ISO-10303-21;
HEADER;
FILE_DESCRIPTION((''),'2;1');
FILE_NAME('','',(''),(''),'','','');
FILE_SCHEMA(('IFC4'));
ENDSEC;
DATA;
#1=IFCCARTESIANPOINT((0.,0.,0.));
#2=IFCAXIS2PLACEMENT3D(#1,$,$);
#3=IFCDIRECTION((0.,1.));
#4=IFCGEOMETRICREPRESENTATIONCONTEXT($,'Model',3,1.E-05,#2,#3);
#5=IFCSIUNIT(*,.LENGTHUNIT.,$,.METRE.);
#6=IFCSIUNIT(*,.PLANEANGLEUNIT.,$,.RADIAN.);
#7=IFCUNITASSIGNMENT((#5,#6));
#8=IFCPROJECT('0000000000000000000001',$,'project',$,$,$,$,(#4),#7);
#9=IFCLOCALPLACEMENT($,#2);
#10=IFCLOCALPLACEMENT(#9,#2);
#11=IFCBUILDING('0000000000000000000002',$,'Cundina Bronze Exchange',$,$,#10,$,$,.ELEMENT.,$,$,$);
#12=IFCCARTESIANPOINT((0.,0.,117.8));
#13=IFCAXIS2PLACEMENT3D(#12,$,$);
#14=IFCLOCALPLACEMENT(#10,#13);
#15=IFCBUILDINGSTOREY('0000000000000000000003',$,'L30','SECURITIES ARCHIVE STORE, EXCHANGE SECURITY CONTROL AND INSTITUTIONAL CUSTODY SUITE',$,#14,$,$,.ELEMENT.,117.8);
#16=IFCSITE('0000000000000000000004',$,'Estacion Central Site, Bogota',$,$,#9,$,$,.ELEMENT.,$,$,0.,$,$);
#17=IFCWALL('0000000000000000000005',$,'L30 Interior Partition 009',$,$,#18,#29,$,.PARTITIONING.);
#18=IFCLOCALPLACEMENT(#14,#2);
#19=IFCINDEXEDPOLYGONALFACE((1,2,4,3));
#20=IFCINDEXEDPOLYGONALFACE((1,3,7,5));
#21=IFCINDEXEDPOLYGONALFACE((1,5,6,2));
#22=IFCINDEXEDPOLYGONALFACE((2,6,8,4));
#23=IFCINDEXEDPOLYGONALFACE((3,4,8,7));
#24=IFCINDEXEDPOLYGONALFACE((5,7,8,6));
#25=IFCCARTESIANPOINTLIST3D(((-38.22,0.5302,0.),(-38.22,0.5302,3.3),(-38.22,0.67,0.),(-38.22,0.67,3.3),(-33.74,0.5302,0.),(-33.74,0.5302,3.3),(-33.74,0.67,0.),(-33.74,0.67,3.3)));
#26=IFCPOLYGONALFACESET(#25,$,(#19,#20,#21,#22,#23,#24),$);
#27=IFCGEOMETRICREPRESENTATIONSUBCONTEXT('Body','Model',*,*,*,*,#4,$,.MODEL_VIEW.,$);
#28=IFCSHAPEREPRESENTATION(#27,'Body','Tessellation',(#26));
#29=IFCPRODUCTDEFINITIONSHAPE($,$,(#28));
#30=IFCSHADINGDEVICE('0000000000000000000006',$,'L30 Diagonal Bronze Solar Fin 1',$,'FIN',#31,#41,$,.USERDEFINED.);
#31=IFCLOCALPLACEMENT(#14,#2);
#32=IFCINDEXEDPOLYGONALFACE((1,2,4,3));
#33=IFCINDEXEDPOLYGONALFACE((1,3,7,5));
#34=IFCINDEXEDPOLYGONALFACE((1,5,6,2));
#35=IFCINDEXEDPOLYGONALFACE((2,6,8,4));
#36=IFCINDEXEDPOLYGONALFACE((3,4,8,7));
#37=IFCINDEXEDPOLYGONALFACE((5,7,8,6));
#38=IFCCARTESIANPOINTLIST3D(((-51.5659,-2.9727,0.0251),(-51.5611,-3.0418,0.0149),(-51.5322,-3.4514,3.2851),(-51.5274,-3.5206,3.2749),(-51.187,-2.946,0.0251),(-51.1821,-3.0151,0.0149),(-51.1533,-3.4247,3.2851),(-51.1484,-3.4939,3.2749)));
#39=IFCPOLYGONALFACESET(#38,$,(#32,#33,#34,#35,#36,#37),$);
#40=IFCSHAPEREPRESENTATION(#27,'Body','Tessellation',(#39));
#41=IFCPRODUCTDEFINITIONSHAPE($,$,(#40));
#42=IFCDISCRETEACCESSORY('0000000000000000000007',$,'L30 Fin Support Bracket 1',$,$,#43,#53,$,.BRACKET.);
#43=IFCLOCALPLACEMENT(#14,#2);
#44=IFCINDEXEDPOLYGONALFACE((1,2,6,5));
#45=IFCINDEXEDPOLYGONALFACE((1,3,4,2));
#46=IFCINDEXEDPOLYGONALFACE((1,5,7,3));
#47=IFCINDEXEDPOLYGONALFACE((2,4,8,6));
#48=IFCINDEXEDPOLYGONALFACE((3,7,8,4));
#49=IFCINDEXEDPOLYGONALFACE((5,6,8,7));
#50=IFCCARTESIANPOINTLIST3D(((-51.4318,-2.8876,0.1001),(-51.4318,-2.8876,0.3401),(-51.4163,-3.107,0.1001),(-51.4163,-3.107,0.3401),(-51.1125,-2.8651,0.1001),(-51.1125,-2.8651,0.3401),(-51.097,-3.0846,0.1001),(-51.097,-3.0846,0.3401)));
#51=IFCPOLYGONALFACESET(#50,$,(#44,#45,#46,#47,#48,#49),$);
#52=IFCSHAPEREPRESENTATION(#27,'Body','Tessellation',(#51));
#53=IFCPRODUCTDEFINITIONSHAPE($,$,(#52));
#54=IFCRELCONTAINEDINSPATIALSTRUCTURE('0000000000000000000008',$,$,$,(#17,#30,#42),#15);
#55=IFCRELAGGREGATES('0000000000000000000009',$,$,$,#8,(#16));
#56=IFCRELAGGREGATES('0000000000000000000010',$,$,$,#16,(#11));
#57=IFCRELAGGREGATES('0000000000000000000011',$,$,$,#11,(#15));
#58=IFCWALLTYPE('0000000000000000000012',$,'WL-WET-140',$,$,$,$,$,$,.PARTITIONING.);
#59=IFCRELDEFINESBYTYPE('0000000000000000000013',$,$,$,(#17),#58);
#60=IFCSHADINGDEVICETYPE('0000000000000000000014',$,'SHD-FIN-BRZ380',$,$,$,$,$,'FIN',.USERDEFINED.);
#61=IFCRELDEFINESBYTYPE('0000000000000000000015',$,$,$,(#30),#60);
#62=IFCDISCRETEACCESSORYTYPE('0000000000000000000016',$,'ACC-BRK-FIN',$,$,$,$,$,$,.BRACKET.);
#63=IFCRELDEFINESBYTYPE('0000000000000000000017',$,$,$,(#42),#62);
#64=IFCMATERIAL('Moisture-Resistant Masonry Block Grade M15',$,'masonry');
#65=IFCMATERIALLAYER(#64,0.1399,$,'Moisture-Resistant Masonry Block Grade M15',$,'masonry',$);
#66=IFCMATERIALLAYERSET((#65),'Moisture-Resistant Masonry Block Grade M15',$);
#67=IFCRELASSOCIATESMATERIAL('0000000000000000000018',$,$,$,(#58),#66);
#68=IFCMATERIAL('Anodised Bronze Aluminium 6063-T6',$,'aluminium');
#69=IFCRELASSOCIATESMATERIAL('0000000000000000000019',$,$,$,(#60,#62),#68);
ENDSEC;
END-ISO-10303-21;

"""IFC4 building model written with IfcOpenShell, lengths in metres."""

from ifc_helpers import new_model, si_unit, direction, frame, frame_2d, origin, origin_2d, place, context, subcontext, project, spatial, rectangle, extrude, material, layer, layer_set, material_profile, profile_set, type_object, element, save


model = new_model("IFC4")

# Units and contexts
model_context = context("Model", 3, precision=1e-05, world=origin(), true_north=direction((0.0, 1.0)))
body_context = subcontext(model_context, "Body", "Model", "MODEL_VIEW")
ifc_project = project(units=[si_unit("LENGTHUNIT", "METRE"), si_unit("PLANEANGLEUNIT", "RADIAN")], contexts=[model_context])

# Site, building, storey
site_placement = place(None, origin())
site = spatial("IfcSite", under=ifc_project, at=site_placement, Name="Estacion Central Site, Bogota", CompositionType="ELEMENT", RefElevation=0.0)
building_placement = place(site_placement, origin())
building = spatial("IfcBuilding", under=site, at=building_placement, Name="Cundina Bronze Exchange", CompositionType="ELEMENT")
storey_placement = place(building_placement, frame((0.0, 0.0, 117.8)))
storey = spatial("IfcBuildingStorey", under=building, at=storey_placement, Name="L30", Description="SECURITIES ARCHIVE STORE, EXCHANGE SECURITY CONTROL AND INSTITUTIONAL CUSTODY SUITE", CompositionType="ELEMENT", Elevation=117.8)

# Shared definitions
ifc_material_1 = material(Name="Anodised Bronze Aluminium 6063-T6", Category="aluminium")

# Wall
ifc_material_2 = material(Name="Moisture-Resistant Masonry Block Grade M15", Category="masonry")
ifc_layer_1 = layer(ifc_material_2, 0.1399, Name="Moisture-Resistant Masonry Block Grade M15", Category="masonry")
ifc_layer_set_1 = layer_set([ifc_layer_1], Name="Moisture-Resistant Masonry Block Grade M15")
wall_type_1 = type_object("IfcWallType", Name="WL-WET-140", PredefinedType="PARTITIONING", material=ifc_layer_set_1)
wall_1_placement = place(storey_placement, frame((-38.22, 0.6001, 0.0), z_axis=(0.0, 0.0, 1.0), x_axis=(1.0, 0.0, 0.0)))
element("IfcWall", 1, at=wall_1_placement, inside=storey, type_object=wall_type_1, Name="L30 Interior Partition 009", PredefinedType="PARTITIONING", context=body_context, shape_type="SweptSolid", body=[
    extrude(rectangle(XDim=4.48, YDim=0.1399, at=frame_2d((2.24, 0.0))), origin(), (0.0, 0.0, 1.0), 3.3),
])

# Shading device
ifc_material_profile_1 = material_profile(ifc_material_1, rectangle(XDim=0.0701, YDim=0.3799, at=origin_2d()), Name="FIN70X380", Category="aluminium")
ifc_profile_set_1 = profile_set([ifc_material_profile_1], Name="Anodised Bronze Aluminium 6063-T6")
shading_device_type = type_object("IfcShadingDeviceType", Name="SHD-FIN-BRZ380", ElementType="FIN", PredefinedType="USERDEFINED", material=ifc_profile_set_1)
shading_device_placement = place(storey_placement, frame((-51.374, -2.9939, 0.02), z_axis=(0.010225, -0.145292, 0.989336), x_axis=(-0.06945, 0.986895, 0.145652)))
element("IfcShadingDevice", 2, at=shading_device_placement, inside=storey, type_object=shading_device_type, Name="L30 Diagonal Bronze Solar Fin 1", ObjectType="FIN", PredefinedType="USERDEFINED", context=body_context, shape_type="SweptSolid", body=[
    extrude(rectangle(XDim=0.0701, YDim=0.3799, at=origin_2d()), origin(), (0.0, 0.0, 1.0), 3.2952),
])

# Discrete accessory
discrete_accessory_type = type_object("IfcDiscreteAccessoryType", Name="ACC-BRK-FIN", PredefinedType="BRACKET", material=ifc_material_1)
discrete_accessory_placement = place(storey_placement, frame((-51.2644, -2.9861, 0.1001), z_axis=(0.0, 0.0, 1.0), x_axis=(0.070279, -0.997527, 0.0)))
element("IfcDiscreteAccessory", 3, at=discrete_accessory_placement, inside=storey, type_object=discrete_accessory_type, Name="L30 Fin Support Bracket 1", PredefinedType="BRACKET", context=body_context, shape_type="SweptSolid", body=[
    extrude(rectangle(XDim=0.22, YDim=0.3201, at=origin_2d()), origin(), (0.0, 0.0, 1.0), 0.24),
])

save(model, "model.ifc")
